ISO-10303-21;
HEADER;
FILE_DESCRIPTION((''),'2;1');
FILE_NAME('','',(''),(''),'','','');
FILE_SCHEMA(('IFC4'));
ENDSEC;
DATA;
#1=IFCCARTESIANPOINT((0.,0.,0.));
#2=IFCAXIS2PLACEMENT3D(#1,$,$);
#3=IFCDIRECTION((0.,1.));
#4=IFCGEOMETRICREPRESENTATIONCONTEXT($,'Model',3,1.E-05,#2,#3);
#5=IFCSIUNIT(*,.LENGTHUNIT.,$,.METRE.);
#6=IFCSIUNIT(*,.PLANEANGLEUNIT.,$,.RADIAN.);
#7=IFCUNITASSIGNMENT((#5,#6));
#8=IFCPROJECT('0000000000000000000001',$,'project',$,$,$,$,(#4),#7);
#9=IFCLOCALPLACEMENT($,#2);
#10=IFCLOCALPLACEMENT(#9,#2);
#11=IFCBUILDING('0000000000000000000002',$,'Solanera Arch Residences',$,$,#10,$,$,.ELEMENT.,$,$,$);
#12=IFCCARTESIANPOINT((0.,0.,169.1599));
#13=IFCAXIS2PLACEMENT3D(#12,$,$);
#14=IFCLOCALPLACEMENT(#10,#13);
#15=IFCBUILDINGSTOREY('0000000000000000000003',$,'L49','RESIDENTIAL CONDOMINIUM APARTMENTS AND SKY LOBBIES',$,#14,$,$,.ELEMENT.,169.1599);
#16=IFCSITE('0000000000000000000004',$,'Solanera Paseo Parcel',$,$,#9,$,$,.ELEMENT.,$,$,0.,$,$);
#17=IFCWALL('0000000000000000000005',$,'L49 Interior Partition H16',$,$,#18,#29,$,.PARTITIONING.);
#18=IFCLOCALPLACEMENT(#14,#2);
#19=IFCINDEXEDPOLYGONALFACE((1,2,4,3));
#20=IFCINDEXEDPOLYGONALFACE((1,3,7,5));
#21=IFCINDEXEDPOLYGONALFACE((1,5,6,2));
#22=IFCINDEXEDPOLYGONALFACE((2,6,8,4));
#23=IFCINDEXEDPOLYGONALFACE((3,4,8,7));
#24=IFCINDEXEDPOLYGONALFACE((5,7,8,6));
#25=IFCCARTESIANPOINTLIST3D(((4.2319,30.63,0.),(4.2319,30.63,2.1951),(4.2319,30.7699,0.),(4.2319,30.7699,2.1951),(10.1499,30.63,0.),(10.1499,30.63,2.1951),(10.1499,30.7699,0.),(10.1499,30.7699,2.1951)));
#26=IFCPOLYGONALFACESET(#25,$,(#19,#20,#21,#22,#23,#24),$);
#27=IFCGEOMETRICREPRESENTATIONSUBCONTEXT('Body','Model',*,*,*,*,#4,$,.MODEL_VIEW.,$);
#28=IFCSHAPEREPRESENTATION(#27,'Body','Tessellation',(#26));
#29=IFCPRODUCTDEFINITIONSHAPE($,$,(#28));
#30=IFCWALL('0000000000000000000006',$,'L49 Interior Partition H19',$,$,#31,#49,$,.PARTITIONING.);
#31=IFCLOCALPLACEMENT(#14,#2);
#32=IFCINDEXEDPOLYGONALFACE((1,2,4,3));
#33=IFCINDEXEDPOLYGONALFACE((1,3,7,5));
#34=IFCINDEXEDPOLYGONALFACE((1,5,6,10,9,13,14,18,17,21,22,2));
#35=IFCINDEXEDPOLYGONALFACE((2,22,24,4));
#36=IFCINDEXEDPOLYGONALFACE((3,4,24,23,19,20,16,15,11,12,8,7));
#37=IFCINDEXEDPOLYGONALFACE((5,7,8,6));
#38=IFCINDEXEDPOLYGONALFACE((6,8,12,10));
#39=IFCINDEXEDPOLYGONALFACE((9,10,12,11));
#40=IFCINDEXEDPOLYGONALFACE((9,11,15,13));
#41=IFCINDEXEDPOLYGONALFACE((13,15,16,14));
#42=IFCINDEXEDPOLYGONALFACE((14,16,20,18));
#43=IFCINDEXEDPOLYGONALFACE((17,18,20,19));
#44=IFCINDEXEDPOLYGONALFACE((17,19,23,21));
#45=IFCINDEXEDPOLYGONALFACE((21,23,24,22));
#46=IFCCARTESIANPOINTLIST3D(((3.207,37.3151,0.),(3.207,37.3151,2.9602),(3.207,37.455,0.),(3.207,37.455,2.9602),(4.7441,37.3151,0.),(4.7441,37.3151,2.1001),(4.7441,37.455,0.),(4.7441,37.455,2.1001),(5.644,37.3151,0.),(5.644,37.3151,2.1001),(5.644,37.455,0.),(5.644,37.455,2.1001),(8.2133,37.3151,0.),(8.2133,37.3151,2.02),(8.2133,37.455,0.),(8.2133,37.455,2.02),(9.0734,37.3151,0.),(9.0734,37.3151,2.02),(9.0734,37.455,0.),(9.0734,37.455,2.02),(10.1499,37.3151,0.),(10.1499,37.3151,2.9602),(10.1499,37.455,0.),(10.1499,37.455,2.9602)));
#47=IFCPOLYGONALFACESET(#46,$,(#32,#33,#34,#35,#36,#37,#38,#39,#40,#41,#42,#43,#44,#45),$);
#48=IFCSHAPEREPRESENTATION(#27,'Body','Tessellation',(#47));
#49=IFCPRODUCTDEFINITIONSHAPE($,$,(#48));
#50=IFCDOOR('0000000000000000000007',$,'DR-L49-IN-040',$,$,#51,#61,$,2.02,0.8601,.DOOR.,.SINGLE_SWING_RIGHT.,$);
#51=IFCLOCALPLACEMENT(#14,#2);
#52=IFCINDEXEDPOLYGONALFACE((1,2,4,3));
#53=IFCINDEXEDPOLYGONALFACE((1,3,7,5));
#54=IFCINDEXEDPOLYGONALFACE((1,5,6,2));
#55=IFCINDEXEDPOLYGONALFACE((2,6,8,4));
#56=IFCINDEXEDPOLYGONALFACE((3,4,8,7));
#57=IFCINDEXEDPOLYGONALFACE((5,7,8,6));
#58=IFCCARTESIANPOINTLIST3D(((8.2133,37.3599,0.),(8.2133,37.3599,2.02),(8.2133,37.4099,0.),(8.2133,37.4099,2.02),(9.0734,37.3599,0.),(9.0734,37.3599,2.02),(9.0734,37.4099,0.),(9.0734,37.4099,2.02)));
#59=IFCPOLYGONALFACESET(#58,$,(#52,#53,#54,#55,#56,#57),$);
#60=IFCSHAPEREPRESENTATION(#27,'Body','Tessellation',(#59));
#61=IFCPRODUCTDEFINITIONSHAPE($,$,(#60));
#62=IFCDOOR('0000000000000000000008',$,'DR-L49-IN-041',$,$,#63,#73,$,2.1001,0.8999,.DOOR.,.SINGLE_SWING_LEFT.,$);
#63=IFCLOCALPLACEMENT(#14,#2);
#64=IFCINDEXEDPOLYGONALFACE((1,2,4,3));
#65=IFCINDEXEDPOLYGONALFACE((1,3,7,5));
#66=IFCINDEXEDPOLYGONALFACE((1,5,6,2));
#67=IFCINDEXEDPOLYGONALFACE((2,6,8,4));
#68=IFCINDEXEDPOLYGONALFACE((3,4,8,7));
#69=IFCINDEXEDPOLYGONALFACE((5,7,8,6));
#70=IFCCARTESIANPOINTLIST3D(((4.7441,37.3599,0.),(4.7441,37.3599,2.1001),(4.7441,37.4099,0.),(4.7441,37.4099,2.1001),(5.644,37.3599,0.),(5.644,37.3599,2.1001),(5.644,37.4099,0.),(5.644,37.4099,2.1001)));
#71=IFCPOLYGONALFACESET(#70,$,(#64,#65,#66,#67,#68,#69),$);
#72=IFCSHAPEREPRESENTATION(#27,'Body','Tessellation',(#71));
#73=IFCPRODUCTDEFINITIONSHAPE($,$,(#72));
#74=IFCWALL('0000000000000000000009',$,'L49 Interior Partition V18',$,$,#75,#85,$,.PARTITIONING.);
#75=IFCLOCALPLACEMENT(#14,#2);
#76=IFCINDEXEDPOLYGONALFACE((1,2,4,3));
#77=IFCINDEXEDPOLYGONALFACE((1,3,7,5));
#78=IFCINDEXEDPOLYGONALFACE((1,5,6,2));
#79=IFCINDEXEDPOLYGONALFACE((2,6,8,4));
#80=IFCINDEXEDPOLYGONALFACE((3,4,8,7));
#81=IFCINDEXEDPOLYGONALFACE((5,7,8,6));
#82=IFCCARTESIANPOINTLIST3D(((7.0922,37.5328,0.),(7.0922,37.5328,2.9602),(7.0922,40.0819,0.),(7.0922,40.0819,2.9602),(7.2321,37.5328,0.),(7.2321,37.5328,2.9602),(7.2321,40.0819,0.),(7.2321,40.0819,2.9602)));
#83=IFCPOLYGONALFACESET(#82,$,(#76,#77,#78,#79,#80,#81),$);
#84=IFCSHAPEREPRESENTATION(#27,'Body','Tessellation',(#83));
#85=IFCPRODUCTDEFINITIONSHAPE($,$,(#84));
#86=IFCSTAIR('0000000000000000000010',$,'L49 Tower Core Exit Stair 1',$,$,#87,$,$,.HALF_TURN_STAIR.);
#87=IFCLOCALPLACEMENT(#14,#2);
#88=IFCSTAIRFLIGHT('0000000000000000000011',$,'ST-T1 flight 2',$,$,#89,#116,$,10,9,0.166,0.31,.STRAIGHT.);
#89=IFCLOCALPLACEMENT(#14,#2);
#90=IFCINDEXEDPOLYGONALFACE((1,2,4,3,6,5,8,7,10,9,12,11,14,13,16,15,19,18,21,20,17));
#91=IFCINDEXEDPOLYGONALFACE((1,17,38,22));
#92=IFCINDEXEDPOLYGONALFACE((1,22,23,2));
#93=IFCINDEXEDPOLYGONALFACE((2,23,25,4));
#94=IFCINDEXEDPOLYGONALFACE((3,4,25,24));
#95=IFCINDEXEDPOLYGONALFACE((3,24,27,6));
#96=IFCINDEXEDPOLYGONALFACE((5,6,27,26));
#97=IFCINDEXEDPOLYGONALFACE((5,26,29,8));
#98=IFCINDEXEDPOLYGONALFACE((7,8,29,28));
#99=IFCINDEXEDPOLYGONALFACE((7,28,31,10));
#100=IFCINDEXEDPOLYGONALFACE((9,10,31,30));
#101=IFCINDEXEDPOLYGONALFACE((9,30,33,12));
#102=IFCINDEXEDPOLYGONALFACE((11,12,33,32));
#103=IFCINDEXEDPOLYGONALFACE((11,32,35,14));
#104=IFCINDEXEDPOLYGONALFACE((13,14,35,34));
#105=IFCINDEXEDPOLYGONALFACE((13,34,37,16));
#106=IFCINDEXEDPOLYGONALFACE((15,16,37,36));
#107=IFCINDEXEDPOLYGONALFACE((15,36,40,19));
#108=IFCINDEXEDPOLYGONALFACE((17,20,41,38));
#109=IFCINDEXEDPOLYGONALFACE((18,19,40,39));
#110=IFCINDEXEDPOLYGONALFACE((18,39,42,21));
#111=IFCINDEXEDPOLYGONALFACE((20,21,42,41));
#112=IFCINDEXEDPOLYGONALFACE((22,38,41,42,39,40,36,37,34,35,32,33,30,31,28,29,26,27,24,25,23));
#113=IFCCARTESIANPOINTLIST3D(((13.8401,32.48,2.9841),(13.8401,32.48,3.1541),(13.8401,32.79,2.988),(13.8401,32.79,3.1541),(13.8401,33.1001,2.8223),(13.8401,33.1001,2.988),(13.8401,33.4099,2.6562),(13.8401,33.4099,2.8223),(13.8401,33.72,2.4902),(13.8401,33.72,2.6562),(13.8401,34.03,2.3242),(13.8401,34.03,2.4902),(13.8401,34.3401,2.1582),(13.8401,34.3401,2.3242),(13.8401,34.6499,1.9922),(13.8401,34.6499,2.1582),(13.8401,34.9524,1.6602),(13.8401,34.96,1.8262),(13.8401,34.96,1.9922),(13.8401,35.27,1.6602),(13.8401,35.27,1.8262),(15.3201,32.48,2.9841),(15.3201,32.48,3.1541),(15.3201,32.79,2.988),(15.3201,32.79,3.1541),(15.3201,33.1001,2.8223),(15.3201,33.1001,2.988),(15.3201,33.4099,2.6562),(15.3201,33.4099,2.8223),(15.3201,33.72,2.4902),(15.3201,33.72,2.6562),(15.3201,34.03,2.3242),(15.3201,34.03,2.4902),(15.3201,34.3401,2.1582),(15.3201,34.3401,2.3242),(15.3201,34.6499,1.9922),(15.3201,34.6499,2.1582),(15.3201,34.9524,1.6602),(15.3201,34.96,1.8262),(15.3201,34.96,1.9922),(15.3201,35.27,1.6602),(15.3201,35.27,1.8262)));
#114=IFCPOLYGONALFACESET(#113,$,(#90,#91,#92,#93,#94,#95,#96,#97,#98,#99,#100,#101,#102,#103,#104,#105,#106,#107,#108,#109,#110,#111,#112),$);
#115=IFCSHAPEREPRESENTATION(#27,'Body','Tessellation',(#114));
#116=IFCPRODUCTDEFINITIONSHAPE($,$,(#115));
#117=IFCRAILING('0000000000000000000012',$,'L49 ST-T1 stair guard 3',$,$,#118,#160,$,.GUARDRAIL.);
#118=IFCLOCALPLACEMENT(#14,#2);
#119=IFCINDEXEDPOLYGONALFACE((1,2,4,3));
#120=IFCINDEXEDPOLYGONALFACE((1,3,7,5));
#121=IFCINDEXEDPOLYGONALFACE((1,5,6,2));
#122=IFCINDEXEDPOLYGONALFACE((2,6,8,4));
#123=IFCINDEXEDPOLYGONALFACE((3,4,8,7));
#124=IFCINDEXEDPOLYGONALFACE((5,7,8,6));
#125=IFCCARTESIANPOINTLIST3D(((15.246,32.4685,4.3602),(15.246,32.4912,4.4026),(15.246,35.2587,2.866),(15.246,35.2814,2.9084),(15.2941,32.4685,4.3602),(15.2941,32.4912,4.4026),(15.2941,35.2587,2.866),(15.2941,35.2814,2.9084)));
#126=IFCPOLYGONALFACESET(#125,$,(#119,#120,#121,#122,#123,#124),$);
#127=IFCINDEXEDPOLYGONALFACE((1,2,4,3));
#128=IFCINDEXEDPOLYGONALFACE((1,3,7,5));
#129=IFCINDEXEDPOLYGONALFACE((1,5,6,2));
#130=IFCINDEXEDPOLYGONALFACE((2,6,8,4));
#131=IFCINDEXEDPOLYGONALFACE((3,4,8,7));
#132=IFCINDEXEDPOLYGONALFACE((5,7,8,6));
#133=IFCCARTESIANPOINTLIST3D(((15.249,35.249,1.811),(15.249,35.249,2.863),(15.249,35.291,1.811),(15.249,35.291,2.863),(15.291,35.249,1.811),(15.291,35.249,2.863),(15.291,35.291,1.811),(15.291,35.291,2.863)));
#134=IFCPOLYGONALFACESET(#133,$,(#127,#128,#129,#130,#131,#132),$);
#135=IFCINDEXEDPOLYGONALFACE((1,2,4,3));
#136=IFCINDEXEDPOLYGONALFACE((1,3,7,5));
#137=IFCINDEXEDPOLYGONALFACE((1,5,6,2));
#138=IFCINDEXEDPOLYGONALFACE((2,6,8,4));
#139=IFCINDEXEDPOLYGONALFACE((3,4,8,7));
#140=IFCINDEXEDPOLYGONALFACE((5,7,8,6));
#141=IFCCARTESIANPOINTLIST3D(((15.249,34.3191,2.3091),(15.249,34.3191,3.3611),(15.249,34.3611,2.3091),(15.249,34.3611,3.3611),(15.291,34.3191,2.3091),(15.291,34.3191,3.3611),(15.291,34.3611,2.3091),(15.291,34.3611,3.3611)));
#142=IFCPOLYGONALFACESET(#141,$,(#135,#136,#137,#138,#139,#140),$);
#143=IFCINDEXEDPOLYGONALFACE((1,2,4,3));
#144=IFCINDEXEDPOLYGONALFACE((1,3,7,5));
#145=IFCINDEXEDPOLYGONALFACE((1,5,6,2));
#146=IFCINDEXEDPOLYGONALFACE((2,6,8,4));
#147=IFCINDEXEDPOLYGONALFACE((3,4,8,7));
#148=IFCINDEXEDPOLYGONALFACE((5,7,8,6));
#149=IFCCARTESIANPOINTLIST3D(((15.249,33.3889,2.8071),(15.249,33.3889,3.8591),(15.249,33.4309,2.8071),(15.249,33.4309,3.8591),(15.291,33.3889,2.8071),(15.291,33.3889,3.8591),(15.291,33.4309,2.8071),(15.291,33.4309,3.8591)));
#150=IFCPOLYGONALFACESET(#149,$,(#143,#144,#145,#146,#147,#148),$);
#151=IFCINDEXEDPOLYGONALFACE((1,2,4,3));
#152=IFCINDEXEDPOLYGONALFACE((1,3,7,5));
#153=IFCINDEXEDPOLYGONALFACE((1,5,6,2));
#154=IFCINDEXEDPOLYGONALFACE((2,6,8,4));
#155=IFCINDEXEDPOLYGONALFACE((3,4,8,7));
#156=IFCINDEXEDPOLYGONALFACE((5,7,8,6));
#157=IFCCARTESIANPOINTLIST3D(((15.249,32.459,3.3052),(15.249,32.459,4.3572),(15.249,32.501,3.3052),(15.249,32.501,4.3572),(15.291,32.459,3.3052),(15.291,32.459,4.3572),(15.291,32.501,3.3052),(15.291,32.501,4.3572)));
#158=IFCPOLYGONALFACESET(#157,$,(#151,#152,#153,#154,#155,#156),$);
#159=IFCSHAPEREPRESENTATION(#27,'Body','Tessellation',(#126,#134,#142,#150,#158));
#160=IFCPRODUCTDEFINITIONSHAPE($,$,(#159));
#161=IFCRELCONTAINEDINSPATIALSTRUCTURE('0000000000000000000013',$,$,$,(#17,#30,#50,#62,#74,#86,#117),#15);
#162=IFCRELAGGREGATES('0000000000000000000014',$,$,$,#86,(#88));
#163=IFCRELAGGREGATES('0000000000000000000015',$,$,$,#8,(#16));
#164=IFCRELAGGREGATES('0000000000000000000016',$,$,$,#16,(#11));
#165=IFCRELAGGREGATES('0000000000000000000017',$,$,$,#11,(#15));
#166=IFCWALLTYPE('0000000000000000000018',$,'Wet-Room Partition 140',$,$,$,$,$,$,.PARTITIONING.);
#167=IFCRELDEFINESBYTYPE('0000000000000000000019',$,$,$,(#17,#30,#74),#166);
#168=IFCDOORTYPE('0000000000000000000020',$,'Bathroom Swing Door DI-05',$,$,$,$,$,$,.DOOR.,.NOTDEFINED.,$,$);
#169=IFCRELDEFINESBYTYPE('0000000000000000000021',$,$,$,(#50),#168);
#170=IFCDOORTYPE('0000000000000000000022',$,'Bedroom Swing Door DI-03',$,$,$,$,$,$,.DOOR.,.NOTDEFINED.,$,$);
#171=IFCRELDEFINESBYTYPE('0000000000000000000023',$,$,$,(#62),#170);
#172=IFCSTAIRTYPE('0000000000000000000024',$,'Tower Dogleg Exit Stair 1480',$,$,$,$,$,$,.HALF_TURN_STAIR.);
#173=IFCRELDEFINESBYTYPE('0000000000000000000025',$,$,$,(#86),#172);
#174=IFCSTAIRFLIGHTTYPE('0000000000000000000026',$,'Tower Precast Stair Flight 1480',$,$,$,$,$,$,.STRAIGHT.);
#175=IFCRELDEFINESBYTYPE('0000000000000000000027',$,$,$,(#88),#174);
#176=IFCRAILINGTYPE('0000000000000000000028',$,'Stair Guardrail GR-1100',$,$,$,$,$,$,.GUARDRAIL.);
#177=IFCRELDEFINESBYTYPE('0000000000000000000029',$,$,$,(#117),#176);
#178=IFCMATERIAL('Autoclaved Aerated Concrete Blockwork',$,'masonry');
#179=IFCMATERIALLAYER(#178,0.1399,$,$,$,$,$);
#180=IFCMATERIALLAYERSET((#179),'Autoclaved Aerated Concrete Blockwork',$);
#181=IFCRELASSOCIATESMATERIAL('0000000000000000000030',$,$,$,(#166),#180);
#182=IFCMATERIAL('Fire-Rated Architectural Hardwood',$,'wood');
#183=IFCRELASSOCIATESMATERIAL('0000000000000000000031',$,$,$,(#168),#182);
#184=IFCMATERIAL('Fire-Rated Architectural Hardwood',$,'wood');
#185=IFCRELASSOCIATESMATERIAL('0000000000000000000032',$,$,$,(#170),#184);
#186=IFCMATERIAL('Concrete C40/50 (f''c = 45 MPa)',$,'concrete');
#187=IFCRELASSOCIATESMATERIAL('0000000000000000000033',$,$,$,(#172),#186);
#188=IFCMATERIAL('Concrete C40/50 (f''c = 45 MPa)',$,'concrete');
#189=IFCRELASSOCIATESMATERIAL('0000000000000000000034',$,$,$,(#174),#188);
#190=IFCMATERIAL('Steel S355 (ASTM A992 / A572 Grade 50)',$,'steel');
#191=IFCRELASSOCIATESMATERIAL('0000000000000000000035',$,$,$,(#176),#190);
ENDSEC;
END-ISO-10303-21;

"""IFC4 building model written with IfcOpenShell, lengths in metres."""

from ifc_helpers import new_model, si_unit, direction, frame, frame_2d, origin, origin_2d, place, context, subcontext, project, spatial, polyline, rectangle, outline, extrude, material, layer, layer_set, type_object, element, fill, aggregate, save


model = new_model("IFC4")

# Units and contexts
model_context = context("Model", 3, precision=1e-05, world=origin(), true_north=direction((0.0, 1.0)))
body_context = subcontext(model_context, "Body", "Model", "MODEL_VIEW")
ifc_project = project(units=[si_unit("LENGTHUNIT", "METRE"), si_unit("PLANEANGLEUNIT", "RADIAN")], contexts=[model_context])

# Site, building, storey
site_placement = place(None, origin())
site = spatial("IfcSite", under=ifc_project, at=site_placement, Name="Solanera Paseo Parcel", CompositionType="ELEMENT", RefElevation=0.0)
building_placement = place(site_placement, origin())
building = spatial("IfcBuilding", under=site, at=building_placement, Name="Solanera Arch Residences", CompositionType="ELEMENT")
storey_placement = place(building_placement, frame((0.0, 0.0, 169.1599)))
storey = spatial("IfcBuildingStorey", under=building, at=storey_placement, Name="L49", Description="RESIDENTIAL CONDOMINIUM APARTMENTS AND SKY LOBBIES", CompositionType="ELEMENT", Elevation=169.1599)

# Wall
ifc_material_1 = material(Name="Autoclaved Aerated Concrete Blockwork", Category="masonry")
ifc_layer_1 = layer(ifc_material_1, 0.1399)
ifc_layer_set_1 = layer_set([ifc_layer_1], Name="Autoclaved Aerated Concrete Blockwork")
wall_type_1 = type_object("IfcWallType", Name="Wet-Room Partition 140", PredefinedType="PARTITIONING", material=ifc_layer_set_1)
wall_1_placement = place(storey_placement, frame((4.2319, 30.7, 0.0), z_axis=(0.0, 0.0, 1.0), x_axis=(1.0, 0.0, 0.0)))
element("IfcWall", 1, at=wall_1_placement, inside=storey, type_object=wall_type_1, Name="L49 Interior Partition H16", PredefinedType="PARTITIONING", context=body_context, shape_type="SweptSolid", body=[
    extrude(rectangle(XDim=5.918, YDim=0.1399, at=frame_2d((2.959, 0.0))), origin(), (0.0, 0.0, 1.0), 2.1951),
])

# Wall, openings, doors
wall_2_placement = place(storey_placement, frame((3.207, 37.385, 0.0), z_axis=(0.0, 0.0, 1.0), x_axis=(1.0, 0.0, 0.0)))
wall_2 = element("IfcWall", 2, at=wall_2_placement, inside=storey, type_object=wall_type_1, Name="L49 Interior Partition H19", PredefinedType="PARTITIONING", context=body_context, shape_type="SweptSolid", body=[
    extrude(rectangle(XDim=6.9429, YDim=0.1399, at=frame_2d((3.4714, 0.0))), origin(), (0.0, 0.0, 1.0), 2.9602),
])
opening_1_placement = place(wall_2_placement, frame((5.0061, 0.0, 0.0)))
opening_1 = element("IfcOpeningElement", 3, at=opening_1_placement, cuts=wall_2, PredefinedType="OPENING", context=body_context, shape_type="SweptSolid", body=[
    extrude(rectangle(XDim=0.8601, YDim=2.02, at=frame_2d((0.4302, 1.01))), frame((0.0, 0.0798, 0.0), z_axis=(0.0, -1.0, 0.0), x_axis=(1.0, 0.0, 0.0)), (0.0, 0.0, 1.0), 0.1599),
])
opening_2_placement = place(wall_2_placement, frame((1.5371, 0.0, 0.0)))
opening_2 = element("IfcOpeningElement", 4, at=opening_2_placement, cuts=wall_2, PredefinedType="OPENING", context=body_context, shape_type="SweptSolid", body=[
    extrude(rectangle(XDim=0.8999, YDim=2.1001, at=frame_2d((0.45, 1.05))), frame((0.0, 0.0798, 0.0), z_axis=(0.0, -1.0, 0.0), x_axis=(1.0, 0.0, 0.0)), (0.0, 0.0, 1.0), 0.1599),
])
ifc_material_2 = material(Name="Fire-Rated Architectural Hardwood", Category="wood")
door_type_1 = type_object("IfcDoorType", Name="Bathroom Swing Door DI-05", OperationType="NOTDEFINED", PredefinedType="DOOR", material=ifc_material_2)
door_1_placement = place(opening_1_placement, origin())
door_1 = element("IfcDoor", 5, at=door_1_placement, inside=storey, type_object=door_type_1, Name="DR-L49-IN-040", OperationType="SINGLE_SWING_RIGHT", OverallHeight=2.02, OverallWidth=0.8601, PredefinedType="DOOR", context=body_context, shape_type="SweptSolid", body=[
    extrude(rectangle(XDim=0.8601, YDim=2.02, at=frame_2d((0.4302, 1.01))), frame((0.0, 0.0249, 0.0), z_axis=(0.0, -1.0, 0.0), x_axis=(1.0, 0.0, 0.0)), (0.0, 0.0, 1.0), 0.05),
])
fill(opening_1, door_1)
ifc_material_3 = material(Name="Fire-Rated Architectural Hardwood", Category="wood")
door_type_2 = type_object("IfcDoorType", Name="Bedroom Swing Door DI-03", OperationType="NOTDEFINED", PredefinedType="DOOR", material=ifc_material_3)
door_2_placement = place(opening_2_placement, origin())
door_2 = element("IfcDoor", 6, at=door_2_placement, inside=storey, type_object=door_type_2, Name="DR-L49-IN-041", OperationType="SINGLE_SWING_LEFT", OverallHeight=2.1001, OverallWidth=0.8999, PredefinedType="DOOR", context=body_context, shape_type="SweptSolid", body=[
    extrude(rectangle(XDim=0.8999, YDim=2.1001, at=frame_2d((0.45, 1.05))), frame((0.0, 0.0249, 0.0), z_axis=(0.0, -1.0, 0.0), x_axis=(1.0, 0.0, 0.0)), (0.0, 0.0, 1.0), 0.05),
])
fill(opening_2, door_2)

# Wall
wall_3_placement = place(storey_placement, frame((7.1621, 37.533, 0.0), z_axis=(0.0, 0.0, 1.0), x_axis=(0.0, 1.0, 0.0)))
element("IfcWall", 7, at=wall_3_placement, inside=storey, type_object=wall_type_1, Name="L49 Interior Partition V18", PredefinedType="PARTITIONING", context=body_context, shape_type="SweptSolid", body=[
    extrude(rectangle(XDim=2.5491, YDim=0.1399, at=frame_2d((1.2744, 0.0))), origin(), (0.0, 0.0, 1.0), 2.9602),
])

# Stair, stair flight
ifc_material_4 = material(Name="Concrete C40/50 (f'c = 45 MPa)", Category="concrete")
stair_type = type_object("IfcStairType", Name="Tower Dogleg Exit Stair 1480", PredefinedType="HALF_TURN_STAIR", material=ifc_material_4)
stair_placement = place(storey_placement, origin())
stair = element("IfcStair", 8, at=stair_placement, inside=storey, type_object=stair_type, Name="L49 Tower Core Exit Stair 1", PredefinedType="HALF_TURN_STAIR")
ifc_material_5 = material(Name="Concrete C40/50 (f'c = 45 MPa)", Category="concrete")
stair_flight_type = type_object("IfcStairFlightType", Name="Tower Precast Stair Flight 1480", PredefinedType="STRAIGHT", material=ifc_material_5)
stair_flight_placement = place(storey_placement, frame((14.5801, 35.27, 1.6602), z_axis=(0.0, 0.0, 1.0), x_axis=(0.0, -1.0, 0.0)))
stair_flight = element("IfcStairFlight", 9, at=stair_flight_placement, type_object=stair_flight_type, Name="ST-T1 flight 2", NumberOfRisers=10, NumberOfTreads=9, PredefinedType="STRAIGHT", RiserHeight=0.166, TreadLength=0.31, context=body_context, shape_type="SweptSolid", body=[
    extrude(outline(polyline([(0.0, 0.0), (0.0, 0.166), (0.3101, 0.166), (0.3101, 0.332), (0.6201, 0.332), (0.6201, 0.498), (0.9299, 0.498), (0.9299, 0.6641), (1.24, 0.6641), (1.24, 0.8301), (1.55, 0.8301), (1.55, 0.9961), (1.8601, 0.9961), (1.8601, 1.1621), (2.1699, 1.1621), (2.1699, 1.3279), (2.48, 1.3279), (2.48, 1.4939), (2.79, 1.4939), (2.79, 1.6599), (2.79, 1.324), (0.3176, 0.0), (0.0, 0.0)])), frame((0.0, 0.74, 0.0), z_axis=(0.0, -1.0, 0.0), x_axis=(1.0, 0.0, 0.0)), (0.0, 0.0, 1.0), 1.48),
])
aggregate(stair, [stair_flight])

# Railing
ifc_material_6 = material(Name="Steel S355 (ASTM A992 / A572 Grade 50)", Category="steel")
railing_type_1 = type_object("IfcRailingType", Name="Stair Guardrail GR-1100", PredefinedType="GUARDRAIL", material=ifc_material_6)
railing_1_placement = place(storey_placement, frame((15.27, 35.27, 1.811)))
element("IfcRailing", 10, at=railing_1_placement, inside=storey, type_object=railing_type_1, Name="L49 ST-T1 stair guard 3", PredefinedType="GUARDRAIL", context=body_context, shape_type="SweptSolid", body=[
    extrude(rectangle(XDim=0.0481, YDim=0.0481, at=origin_2d()), frame((0.0, 0.0, 1.0762), z_axis=(0.0, -0.881549, 0.472093), x_axis=(1.0, 0.0, 0.0)), (0.0, 0.0, 1.0), 3.165),
    extrude(rectangle(XDim=0.042, YDim=0.042, at=origin_2d()), origin(), (0.0, 0.0, 1.0), 1.052),
    extrude(rectangle(XDim=0.042, YDim=0.042, at=origin_2d()), frame((0.0, -0.9299, 0.498)), (0.0, 0.0, 1.0), 1.052),
    extrude(rectangle(XDim=0.042, YDim=0.042, at=origin_2d()), frame((0.0, -1.8601, 0.9961)), (0.0, 0.0, 1.0), 1.052),
    extrude(rectangle(XDim=0.042, YDim=0.042, at=origin_2d()), frame((0.0, -2.79, 1.4941)), (0.0, 0.0, 1.0), 1.052),
])

save(model, "model.ifc")
